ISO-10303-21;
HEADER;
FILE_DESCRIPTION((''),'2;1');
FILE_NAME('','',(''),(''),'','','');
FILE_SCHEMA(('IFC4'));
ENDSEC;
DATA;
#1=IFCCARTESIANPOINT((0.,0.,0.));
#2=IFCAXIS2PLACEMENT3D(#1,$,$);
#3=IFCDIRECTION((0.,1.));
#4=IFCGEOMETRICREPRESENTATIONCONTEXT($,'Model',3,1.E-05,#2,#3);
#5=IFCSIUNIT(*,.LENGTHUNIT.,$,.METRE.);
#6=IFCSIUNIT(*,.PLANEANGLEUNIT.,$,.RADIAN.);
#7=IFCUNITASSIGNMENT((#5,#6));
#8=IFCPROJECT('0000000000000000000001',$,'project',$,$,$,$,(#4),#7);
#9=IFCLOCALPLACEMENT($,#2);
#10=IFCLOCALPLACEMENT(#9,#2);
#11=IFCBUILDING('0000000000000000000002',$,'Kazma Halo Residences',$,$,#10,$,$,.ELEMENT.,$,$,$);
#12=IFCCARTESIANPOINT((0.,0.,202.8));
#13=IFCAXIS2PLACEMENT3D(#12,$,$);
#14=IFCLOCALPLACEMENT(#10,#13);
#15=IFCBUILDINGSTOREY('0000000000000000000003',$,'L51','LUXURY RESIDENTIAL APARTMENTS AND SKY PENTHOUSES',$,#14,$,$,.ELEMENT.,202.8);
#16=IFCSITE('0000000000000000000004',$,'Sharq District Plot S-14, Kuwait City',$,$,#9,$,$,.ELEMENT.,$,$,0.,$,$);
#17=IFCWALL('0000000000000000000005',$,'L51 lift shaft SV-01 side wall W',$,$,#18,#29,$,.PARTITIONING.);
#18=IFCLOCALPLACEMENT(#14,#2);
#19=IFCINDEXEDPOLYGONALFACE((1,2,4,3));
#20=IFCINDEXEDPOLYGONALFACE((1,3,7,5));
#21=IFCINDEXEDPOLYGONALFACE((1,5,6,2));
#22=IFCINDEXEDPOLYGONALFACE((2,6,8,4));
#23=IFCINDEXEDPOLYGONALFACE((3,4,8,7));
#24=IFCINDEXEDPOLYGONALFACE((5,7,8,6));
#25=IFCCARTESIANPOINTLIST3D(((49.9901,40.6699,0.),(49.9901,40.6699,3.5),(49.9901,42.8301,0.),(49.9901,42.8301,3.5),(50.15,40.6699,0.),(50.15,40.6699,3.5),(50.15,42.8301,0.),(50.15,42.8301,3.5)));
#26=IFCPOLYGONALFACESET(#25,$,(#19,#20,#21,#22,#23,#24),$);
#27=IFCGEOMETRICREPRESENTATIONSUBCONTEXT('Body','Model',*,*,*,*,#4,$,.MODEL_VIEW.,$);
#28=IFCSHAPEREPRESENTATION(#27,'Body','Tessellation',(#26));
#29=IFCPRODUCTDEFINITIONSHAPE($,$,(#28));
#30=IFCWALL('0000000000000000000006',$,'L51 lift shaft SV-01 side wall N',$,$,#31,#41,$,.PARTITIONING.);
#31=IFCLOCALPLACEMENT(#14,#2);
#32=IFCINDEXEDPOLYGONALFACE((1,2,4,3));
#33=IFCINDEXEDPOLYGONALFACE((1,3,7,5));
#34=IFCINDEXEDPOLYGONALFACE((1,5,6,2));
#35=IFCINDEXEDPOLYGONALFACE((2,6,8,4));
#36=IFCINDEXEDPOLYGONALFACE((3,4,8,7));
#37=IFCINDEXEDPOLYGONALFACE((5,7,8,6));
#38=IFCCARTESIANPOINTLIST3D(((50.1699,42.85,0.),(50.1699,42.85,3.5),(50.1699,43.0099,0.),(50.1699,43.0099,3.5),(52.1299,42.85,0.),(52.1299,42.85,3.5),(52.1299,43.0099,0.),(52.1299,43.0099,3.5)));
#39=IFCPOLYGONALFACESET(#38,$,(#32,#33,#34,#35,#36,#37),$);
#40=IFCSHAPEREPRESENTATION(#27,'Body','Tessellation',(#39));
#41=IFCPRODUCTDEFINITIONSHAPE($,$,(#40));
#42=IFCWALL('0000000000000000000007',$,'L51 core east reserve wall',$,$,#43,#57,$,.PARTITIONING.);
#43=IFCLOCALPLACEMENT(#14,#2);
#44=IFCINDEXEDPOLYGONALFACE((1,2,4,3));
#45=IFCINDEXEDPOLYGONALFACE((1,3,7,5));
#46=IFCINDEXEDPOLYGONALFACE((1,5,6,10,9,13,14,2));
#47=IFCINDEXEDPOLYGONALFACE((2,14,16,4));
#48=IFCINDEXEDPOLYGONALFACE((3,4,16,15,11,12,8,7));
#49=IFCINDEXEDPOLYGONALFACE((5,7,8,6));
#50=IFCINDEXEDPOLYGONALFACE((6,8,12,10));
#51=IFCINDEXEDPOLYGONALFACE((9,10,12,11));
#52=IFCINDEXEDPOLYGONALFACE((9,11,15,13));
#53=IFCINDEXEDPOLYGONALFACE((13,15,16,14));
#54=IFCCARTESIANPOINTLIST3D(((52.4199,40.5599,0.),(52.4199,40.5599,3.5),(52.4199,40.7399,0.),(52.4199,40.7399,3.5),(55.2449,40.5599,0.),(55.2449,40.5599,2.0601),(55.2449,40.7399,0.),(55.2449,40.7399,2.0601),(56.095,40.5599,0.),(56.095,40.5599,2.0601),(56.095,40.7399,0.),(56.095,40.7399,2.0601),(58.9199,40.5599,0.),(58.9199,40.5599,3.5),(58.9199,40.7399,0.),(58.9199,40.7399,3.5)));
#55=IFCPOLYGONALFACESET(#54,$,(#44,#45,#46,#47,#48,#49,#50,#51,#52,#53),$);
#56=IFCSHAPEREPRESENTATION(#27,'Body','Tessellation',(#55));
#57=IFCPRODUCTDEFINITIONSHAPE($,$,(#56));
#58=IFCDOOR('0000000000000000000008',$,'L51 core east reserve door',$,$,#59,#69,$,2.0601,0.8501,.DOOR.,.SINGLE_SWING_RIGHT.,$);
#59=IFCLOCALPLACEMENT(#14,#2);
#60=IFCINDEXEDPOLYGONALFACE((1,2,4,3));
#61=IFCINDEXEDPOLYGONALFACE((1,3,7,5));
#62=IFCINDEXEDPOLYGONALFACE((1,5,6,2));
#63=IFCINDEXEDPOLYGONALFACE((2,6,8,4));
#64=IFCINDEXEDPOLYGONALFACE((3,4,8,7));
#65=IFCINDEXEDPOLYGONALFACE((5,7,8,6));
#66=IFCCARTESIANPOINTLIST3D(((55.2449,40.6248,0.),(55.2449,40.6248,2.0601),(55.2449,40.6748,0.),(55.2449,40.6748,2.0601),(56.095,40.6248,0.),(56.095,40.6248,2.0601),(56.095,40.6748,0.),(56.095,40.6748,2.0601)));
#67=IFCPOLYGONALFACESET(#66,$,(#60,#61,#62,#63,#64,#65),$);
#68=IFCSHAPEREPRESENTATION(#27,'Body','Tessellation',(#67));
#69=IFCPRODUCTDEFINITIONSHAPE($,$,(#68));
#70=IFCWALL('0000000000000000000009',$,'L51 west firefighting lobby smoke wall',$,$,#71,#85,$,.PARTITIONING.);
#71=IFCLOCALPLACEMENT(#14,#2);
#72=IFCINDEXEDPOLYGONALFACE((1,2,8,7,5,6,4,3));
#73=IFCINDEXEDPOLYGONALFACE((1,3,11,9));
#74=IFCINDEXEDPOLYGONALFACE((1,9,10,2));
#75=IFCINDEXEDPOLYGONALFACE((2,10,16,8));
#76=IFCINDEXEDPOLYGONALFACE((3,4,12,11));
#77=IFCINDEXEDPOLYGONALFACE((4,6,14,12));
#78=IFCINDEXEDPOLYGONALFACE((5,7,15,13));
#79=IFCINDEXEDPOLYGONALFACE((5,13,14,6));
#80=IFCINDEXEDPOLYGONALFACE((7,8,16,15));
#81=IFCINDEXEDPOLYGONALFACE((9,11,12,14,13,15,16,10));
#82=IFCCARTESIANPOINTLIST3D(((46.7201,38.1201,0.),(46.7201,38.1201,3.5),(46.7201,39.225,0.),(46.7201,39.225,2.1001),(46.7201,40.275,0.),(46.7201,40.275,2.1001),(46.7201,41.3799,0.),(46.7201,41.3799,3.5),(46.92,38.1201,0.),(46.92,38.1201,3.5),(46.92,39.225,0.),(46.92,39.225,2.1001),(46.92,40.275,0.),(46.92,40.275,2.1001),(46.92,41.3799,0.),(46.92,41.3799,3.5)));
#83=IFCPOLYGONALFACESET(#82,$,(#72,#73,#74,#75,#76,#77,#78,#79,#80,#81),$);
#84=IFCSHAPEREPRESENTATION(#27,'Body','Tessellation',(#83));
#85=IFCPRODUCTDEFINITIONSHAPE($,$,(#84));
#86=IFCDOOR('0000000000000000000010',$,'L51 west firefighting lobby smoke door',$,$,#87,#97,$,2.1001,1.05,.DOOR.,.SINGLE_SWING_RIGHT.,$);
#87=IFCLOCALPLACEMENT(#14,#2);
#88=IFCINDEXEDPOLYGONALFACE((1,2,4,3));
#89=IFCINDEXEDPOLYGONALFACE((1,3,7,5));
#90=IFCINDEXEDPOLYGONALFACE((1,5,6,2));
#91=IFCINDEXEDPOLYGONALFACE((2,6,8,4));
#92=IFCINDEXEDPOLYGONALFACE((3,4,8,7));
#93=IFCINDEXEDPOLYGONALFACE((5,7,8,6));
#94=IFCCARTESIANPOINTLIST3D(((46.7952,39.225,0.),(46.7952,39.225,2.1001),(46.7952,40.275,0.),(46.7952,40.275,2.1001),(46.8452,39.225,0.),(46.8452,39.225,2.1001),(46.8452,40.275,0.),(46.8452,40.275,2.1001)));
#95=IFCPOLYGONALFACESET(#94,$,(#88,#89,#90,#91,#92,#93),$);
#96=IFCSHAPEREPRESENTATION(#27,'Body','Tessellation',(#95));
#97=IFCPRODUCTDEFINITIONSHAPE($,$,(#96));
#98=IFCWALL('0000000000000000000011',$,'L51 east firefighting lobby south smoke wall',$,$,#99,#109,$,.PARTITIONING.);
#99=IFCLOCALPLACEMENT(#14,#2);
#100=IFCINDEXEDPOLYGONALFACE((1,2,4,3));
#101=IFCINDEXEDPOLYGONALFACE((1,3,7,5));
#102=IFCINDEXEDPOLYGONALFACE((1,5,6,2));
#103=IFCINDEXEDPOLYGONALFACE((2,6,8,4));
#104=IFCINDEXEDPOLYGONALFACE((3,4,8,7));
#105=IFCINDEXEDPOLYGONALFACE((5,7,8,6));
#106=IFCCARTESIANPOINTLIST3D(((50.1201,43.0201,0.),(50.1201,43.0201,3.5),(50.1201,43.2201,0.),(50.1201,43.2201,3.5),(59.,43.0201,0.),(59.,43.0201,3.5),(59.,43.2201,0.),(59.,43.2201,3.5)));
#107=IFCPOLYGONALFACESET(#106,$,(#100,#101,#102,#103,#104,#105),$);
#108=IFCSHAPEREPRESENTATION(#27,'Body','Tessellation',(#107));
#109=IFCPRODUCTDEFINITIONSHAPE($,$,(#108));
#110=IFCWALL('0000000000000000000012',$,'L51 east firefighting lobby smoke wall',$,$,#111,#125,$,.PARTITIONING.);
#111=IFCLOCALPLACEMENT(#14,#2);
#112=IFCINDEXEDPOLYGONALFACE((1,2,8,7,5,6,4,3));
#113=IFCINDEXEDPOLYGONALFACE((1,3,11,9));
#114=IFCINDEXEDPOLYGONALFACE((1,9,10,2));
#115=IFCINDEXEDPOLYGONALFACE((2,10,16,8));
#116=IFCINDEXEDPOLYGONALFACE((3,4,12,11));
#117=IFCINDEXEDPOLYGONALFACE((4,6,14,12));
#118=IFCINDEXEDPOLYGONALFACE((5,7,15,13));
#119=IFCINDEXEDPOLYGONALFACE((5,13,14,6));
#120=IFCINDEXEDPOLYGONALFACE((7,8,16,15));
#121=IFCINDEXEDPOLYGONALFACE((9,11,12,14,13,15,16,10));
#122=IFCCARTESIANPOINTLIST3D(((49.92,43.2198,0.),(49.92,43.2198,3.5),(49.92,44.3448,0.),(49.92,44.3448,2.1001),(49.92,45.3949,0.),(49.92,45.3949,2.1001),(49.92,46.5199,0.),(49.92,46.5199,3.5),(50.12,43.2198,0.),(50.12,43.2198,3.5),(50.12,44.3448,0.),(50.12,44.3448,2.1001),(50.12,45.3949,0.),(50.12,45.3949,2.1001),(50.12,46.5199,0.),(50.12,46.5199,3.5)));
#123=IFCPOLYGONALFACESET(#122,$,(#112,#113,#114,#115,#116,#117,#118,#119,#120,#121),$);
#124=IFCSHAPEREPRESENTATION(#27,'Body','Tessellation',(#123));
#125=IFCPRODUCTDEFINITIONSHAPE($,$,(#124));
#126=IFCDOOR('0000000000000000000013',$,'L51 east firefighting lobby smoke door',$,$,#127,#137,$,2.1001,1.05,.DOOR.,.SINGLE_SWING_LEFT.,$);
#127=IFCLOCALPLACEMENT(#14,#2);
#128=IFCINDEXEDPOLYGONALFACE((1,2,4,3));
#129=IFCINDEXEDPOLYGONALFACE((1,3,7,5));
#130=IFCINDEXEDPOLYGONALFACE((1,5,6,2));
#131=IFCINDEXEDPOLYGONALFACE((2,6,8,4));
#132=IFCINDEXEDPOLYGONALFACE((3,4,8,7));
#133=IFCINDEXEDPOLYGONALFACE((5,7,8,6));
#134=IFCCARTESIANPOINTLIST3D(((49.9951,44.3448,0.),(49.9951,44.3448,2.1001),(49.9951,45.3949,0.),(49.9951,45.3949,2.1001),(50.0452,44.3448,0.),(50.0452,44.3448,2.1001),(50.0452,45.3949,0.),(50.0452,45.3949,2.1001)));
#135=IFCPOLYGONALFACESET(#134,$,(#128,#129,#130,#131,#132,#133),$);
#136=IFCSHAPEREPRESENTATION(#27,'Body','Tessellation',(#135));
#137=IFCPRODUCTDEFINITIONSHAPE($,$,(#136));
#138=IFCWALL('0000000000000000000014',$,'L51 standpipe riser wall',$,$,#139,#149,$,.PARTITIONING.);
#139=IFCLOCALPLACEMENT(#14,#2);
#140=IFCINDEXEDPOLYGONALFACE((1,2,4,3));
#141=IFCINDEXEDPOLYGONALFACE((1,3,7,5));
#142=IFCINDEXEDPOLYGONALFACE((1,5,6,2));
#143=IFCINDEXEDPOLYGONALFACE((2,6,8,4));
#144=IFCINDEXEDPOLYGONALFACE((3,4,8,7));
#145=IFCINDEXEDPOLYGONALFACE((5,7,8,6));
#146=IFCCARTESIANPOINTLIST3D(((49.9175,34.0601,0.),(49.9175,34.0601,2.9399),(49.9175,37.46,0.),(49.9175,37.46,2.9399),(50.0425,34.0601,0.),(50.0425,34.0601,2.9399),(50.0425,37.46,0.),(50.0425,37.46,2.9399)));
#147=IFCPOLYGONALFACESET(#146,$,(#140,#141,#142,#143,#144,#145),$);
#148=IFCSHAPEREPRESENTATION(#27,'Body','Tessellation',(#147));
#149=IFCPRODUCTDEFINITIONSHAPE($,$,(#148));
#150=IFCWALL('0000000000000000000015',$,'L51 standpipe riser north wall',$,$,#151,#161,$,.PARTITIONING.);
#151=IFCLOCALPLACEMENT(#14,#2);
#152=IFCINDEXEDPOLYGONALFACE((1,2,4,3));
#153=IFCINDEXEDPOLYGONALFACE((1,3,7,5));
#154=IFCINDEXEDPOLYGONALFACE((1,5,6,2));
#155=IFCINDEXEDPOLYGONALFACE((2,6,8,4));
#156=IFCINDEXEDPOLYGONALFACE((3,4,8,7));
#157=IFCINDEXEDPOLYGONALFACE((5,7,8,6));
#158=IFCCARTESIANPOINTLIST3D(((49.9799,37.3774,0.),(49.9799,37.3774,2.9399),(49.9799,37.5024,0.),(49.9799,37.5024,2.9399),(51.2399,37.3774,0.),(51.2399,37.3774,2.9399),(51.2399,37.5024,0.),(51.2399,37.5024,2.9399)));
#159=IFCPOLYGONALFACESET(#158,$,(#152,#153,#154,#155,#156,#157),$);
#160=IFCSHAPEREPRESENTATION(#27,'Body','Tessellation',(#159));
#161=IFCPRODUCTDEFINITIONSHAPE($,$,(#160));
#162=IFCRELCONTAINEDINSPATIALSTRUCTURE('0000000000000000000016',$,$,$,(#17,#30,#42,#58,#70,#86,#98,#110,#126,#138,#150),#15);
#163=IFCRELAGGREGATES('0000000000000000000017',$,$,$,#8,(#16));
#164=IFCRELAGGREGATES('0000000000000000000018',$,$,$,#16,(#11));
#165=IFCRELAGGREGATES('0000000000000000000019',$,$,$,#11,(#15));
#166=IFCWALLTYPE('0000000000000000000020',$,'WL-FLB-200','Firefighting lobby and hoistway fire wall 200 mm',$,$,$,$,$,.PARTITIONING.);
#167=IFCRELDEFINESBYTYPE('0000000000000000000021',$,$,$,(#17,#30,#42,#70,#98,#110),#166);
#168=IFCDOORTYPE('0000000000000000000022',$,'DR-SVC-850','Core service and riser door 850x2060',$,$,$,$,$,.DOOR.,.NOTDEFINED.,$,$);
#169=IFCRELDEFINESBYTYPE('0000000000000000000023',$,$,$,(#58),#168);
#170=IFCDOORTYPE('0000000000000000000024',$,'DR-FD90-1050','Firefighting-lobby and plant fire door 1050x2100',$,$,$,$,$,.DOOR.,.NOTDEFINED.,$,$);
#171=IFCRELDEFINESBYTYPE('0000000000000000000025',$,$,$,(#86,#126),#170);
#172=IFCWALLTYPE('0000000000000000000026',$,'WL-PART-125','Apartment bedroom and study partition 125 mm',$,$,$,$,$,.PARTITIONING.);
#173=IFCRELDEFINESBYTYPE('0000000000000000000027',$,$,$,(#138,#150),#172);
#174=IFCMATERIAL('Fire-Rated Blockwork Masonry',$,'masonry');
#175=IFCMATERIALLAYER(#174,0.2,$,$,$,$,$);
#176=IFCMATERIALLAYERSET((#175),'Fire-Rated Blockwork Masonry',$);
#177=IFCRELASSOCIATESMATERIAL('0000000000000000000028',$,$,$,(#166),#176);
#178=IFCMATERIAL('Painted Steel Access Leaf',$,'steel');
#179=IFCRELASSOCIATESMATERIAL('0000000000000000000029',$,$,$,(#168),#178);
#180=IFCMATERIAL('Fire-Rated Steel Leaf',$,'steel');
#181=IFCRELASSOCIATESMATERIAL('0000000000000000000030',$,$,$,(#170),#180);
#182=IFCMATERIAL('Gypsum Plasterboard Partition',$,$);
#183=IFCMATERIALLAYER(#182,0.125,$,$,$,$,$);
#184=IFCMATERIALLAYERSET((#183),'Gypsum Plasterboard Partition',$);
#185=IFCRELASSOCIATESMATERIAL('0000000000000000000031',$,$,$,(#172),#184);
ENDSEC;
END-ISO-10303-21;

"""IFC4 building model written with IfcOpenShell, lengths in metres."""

from ifc_helpers import new_model, si_unit, direction, frame, frame_2d, origin, place, context, subcontext, project, spatial, rectangle, extrude, material, layer, layer_set, type_object, element, fill, save


model = new_model("IFC4")

# Units and contexts
model_context = context("Model", 3, precision=1e-05, world=origin(), true_north=direction((0.0, 1.0)))
body_context = subcontext(model_context, "Body", "Model", "MODEL_VIEW")
ifc_project = project(units=[si_unit("LENGTHUNIT", "METRE"), si_unit("PLANEANGLEUNIT", "RADIAN")], contexts=[model_context])

# Site, building, storey
site_placement = place(None, origin())
site = spatial("IfcSite", under=ifc_project, at=site_placement, Name="Sharq District Plot S-14, Kuwait City", CompositionType="ELEMENT", RefElevation=0.0)
building_placement = place(site_placement, origin())
building = spatial("IfcBuilding", under=site, at=building_placement, Name="Kazma Halo Residences", CompositionType="ELEMENT")
storey_placement = place(building_placement, frame((0.0, 0.0, 202.8)))
storey = spatial("IfcBuildingStorey", under=building, at=storey_placement, Name="L51", Description="LUXURY RESIDENTIAL APARTMENTS AND SKY PENTHOUSES", CompositionType="ELEMENT", Elevation=202.8)

# Shared definitions
ifc_material_1 = material(Name="Fire-Rated Blockwork Masonry", Category="masonry")
ifc_layer_1 = layer(ifc_material_1, 0.2)
ifc_layer_set_1 = layer_set([ifc_layer_1], Name="Fire-Rated Blockwork Masonry")
wall_type_1 = type_object("IfcWallType", Name="WL-FLB-200", Description="Firefighting lobby and hoistway fire wall 200 mm", PredefinedType="PARTITIONING", material=ifc_layer_set_1)

# Walls
for number, where, z_axis, x_axis, name in (
    (1, (50.0701, 40.6699, 0.0), (0.0, 0.0, 1.0), (0.0, 1.0, 0.0), "L51 lift shaft SV-01 side wall W"),
):
    element("IfcWall", number, at=place(storey_placement, frame(where, z_axis=z_axis, x_axis=x_axis)), inside=storey, type_object=wall_type_1, Name=name, PredefinedType="PARTITIONING", context=body_context, shape_type="SweptSolid", body=[
        extrude(rectangle(XDim=2.1602, YDim=0.1599, at=frame_2d((1.0801, 0.0))), origin(), (0.0, 0.0, 1.0), 3.5),
    ])
wall_1_placement = place(storey_placement, frame((50.1699, 42.9299, 0.0), z_axis=(0.0, 0.0, 1.0), x_axis=(1.0, 0.0, 0.0)))
element("IfcWall", 2, at=wall_1_placement, inside=storey, type_object=wall_type_1, Name="L51 lift shaft SV-01 side wall N", PredefinedType="PARTITIONING", context=body_context, shape_type="SweptSolid", body=[
    extrude(rectangle(XDim=1.96, YDim=0.1599, at=frame_2d((0.98, 0.0))), origin(), (0.0, 0.0, 1.0), 3.5),
])

# Walls, openings, doors
wall_2_placement = place(storey_placement, frame((52.4199, 40.6499, 0.0), z_axis=(0.0, 0.0, 1.0), x_axis=(1.0, 0.0, 0.0)))
wall_2 = element("IfcWall", 3, at=wall_2_placement, inside=storey, type_object=wall_type_1, Name="L51 core east reserve wall", PredefinedType="PARTITIONING", context=body_context, shape_type="SweptSolid", body=[
    extrude(rectangle(XDim=6.5, YDim=0.1799, at=frame_2d((3.25, 0.0))), origin(), (0.0, 0.0, 1.0), 3.5),
])
opening_1_placement = place(wall_2_placement, frame((2.825, 0.0, 0.0)))
opening_1 = element("IfcOpeningElement", 4, at=opening_1_placement, cuts=wall_2, PredefinedType="OPENING", context=body_context, shape_type="SweptSolid", body=[
    extrude(rectangle(XDim=0.8501, YDim=2.0601, at=frame_2d((0.425, 1.03))), frame((0.0, 0.0999, 0.0), z_axis=(0.0, -1.0, 0.0), x_axis=(1.0, 0.0, 0.0)), (0.0, 0.0, 1.0), 0.2),
])
ifc_material_2 = material(Name="Painted Steel Access Leaf", Category="steel")
door_type_1 = type_object("IfcDoorType", Name="DR-SVC-850", Description="Core service and riser door 850x2060", OperationType="NOTDEFINED", PredefinedType="DOOR", material=ifc_material_2)
door_1_placement = place(opening_1_placement, origin())
door_1 = element("IfcDoor", 5, at=door_1_placement, inside=storey, type_object=door_type_1, Name="L51 core east reserve door", OperationType="SINGLE_SWING_RIGHT", OverallHeight=2.0601, OverallWidth=0.8501, PredefinedType="DOOR", context=body_context, shape_type="SweptSolid", body=[
    extrude(rectangle(XDim=0.8501, YDim=2.0601, at=frame_2d((0.425, 1.03))), frame((0.0, 0.0249, 0.0), z_axis=(0.0, -1.0, 0.0), x_axis=(1.0, 0.0, 0.0)), (0.0, 0.0, 1.0), 0.05),
])
fill(opening_1, door_1)
wall_3_placement = place(storey_placement, frame((46.8201, 38.1201, 0.0), z_axis=(0.0, 0.0, 1.0), x_axis=(0.0, 1.0, 0.0)))
wall_3 = element("IfcWall", 6, at=wall_3_placement, inside=storey, type_object=wall_type_1, Name="L51 west firefighting lobby smoke wall", PredefinedType="PARTITIONING", context=body_context, shape_type="SweptSolid", body=[
    extrude(rectangle(XDim=3.2598, YDim=0.2, at=frame_2d((1.6299, 0.0))), origin(), (0.0, 0.0, 1.0), 3.5),
])
opening_2_placement = place(wall_3_placement, frame((1.105, 0.0, 0.0)))
opening_2 = element("IfcOpeningElement", 7, at=opening_2_placement, cuts=wall_3, PredefinedType="OPENING", context=body_context, shape_type="SweptSolid", body=[
    extrude(rectangle(XDim=1.05, YDim=2.1001, at=frame_2d((0.5249, 1.05))), frame((0.0, 0.1099, 0.0), z_axis=(0.0, -1.0, 0.0), x_axis=(1.0, 0.0, 0.0)), (0.0, 0.0, 1.0), 0.22),
])
ifc_material_3 = material(Name="Fire-Rated Steel Leaf", Category="steel")
door_type_2 = type_object("IfcDoorType", Name="DR-FD90-1050", Description="Firefighting-lobby and plant fire door 1050x2100", OperationType="NOTDEFINED", PredefinedType="DOOR", material=ifc_material_3)
door_2_placement = place(opening_2_placement, origin())
door_2 = element("IfcDoor", 8, at=door_2_placement, inside=storey, type_object=door_type_2, Name="L51 west firefighting lobby smoke door", OperationType="SINGLE_SWING_RIGHT", OverallHeight=2.1001, OverallWidth=1.05, PredefinedType="DOOR", context=body_context, shape_type="SweptSolid", body=[
    extrude(rectangle(XDim=1.05, YDim=2.1001, at=frame_2d((0.5249, 1.05))), frame((0.0, 0.0249, 0.0), z_axis=(0.0, -1.0, 0.0), x_axis=(1.0, 0.0, 0.0)), (0.0, 0.0, 1.0), 0.05),
])
fill(opening_2, door_2)

# Wall
wall_4_placement = place(storey_placement, frame((50.1201, 43.1201, 0.0), z_axis=(0.0, 0.0, 1.0), x_axis=(1.0, 0.0, 0.0)))
element("IfcWall", 9, at=wall_4_placement, inside=storey, type_object=wall_type_1, Name="L51 east firefighting lobby south smoke wall", PredefinedType="PARTITIONING", context=body_context, shape_type="SweptSolid", body=[
    extrude(rectangle(XDim=8.8799, YDim=0.2, at=frame_2d((4.4399, 0.0))), origin(), (0.0, 0.0, 1.0), 3.5),
])

# Wall, opening, door
wall_5_placement = place(storey_placement, frame((50.02, 43.22, 0.0), z_axis=(0.0, 0.0, 1.0), x_axis=(0.0, 1.0, 0.0)))
wall_5 = element("IfcWall", 10, at=wall_5_placement, inside=storey, type_object=wall_type_1, Name="L51 east firefighting lobby smoke wall", PredefinedType="PARTITIONING", context=body_context, shape_type="SweptSolid", body=[
    extrude(rectangle(XDim=3.3, YDim=0.2, at=frame_2d((1.6499, 0.0))), origin(), (0.0, 0.0, 1.0), 3.5),
])
opening_3_placement = place(wall_5_placement, frame((1.125, 0.0, 0.0)))
opening_3 = element("IfcOpeningElement", 11, at=opening_3_placement, cuts=wall_5, PredefinedType="OPENING", context=body_context, shape_type="SweptSolid", body=[
    extrude(rectangle(XDim=1.05, YDim=2.1001, at=frame_2d((0.5249, 1.05))), frame((0.0, 0.1099, 0.0), z_axis=(0.0, -1.0, 0.0), x_axis=(1.0, 0.0, 0.0)), (0.0, 0.0, 1.0), 0.22),
])
door_3_placement = place(opening_3_placement, origin())
door_3 = element("IfcDoor", 12, at=door_3_placement, inside=storey, type_object=door_type_2, Name="L51 east firefighting lobby smoke door", OperationType="SINGLE_SWING_LEFT", OverallHeight=2.1001, OverallWidth=1.05, PredefinedType="DOOR", context=body_context, shape_type="SweptSolid", body=[
    extrude(rectangle(XDim=1.05, YDim=2.1001, at=frame_2d((0.5249, 1.05))), frame((0.0, 0.0249, 0.0), z_axis=(0.0, -1.0, 0.0), x_axis=(1.0, 0.0, 0.0)), (0.0, 0.0, 1.0), 0.05),
])
fill(opening_3, door_3)

# Walls
ifc_material_4 = material(Name="Gypsum Plasterboard Partition")
ifc_layer_2 = layer(ifc_material_4, 0.125)
ifc_layer_set_2 = layer_set([ifc_layer_2], Name="Gypsum Plasterboard Partition")
wall_type_2 = type_object("IfcWallType", Name="WL-PART-125", Description="Apartment bedroom and study partition 125 mm", PredefinedType="PARTITIONING", material=ifc_layer_set_2)
wall_6_placement = place(storey_placement, frame((49.98, 34.0601, 0.0), z_axis=(0.0, 0.0, 1.0), x_axis=(0.0, 1.0, 0.0)))
element("IfcWall", 13, at=wall_6_placement, inside=storey, type_object=wall_type_2, Name="L51 standpipe riser wall", PredefinedType="PARTITIONING", context=body_context, shape_type="SweptSolid", body=[
    extrude(rectangle(XDim=3.3999, YDim=0.125, at=frame_2d((1.7, 0.0))), origin(), (0.0, 0.0, 1.0), 2.9399),
])
wall_7_placement = place(storey_placement, frame((49.98, 37.4399, 0.0), z_axis=(0.0, 0.0, 1.0), x_axis=(1.0, 0.0, 0.0)))
element("IfcWall", 14, at=wall_7_placement, inside=storey, type_object=wall_type_2, Name="L51 standpipe riser north wall", PredefinedType="PARTITIONING", context=body_context, shape_type="SweptSolid", body=[
    extrude(rectangle(XDim=1.26, YDim=0.125, at=frame_2d((0.6299, 0.0))), origin(), (0.0, 0.0, 1.0), 2.9399),
])

save(model, "model.ifc")
